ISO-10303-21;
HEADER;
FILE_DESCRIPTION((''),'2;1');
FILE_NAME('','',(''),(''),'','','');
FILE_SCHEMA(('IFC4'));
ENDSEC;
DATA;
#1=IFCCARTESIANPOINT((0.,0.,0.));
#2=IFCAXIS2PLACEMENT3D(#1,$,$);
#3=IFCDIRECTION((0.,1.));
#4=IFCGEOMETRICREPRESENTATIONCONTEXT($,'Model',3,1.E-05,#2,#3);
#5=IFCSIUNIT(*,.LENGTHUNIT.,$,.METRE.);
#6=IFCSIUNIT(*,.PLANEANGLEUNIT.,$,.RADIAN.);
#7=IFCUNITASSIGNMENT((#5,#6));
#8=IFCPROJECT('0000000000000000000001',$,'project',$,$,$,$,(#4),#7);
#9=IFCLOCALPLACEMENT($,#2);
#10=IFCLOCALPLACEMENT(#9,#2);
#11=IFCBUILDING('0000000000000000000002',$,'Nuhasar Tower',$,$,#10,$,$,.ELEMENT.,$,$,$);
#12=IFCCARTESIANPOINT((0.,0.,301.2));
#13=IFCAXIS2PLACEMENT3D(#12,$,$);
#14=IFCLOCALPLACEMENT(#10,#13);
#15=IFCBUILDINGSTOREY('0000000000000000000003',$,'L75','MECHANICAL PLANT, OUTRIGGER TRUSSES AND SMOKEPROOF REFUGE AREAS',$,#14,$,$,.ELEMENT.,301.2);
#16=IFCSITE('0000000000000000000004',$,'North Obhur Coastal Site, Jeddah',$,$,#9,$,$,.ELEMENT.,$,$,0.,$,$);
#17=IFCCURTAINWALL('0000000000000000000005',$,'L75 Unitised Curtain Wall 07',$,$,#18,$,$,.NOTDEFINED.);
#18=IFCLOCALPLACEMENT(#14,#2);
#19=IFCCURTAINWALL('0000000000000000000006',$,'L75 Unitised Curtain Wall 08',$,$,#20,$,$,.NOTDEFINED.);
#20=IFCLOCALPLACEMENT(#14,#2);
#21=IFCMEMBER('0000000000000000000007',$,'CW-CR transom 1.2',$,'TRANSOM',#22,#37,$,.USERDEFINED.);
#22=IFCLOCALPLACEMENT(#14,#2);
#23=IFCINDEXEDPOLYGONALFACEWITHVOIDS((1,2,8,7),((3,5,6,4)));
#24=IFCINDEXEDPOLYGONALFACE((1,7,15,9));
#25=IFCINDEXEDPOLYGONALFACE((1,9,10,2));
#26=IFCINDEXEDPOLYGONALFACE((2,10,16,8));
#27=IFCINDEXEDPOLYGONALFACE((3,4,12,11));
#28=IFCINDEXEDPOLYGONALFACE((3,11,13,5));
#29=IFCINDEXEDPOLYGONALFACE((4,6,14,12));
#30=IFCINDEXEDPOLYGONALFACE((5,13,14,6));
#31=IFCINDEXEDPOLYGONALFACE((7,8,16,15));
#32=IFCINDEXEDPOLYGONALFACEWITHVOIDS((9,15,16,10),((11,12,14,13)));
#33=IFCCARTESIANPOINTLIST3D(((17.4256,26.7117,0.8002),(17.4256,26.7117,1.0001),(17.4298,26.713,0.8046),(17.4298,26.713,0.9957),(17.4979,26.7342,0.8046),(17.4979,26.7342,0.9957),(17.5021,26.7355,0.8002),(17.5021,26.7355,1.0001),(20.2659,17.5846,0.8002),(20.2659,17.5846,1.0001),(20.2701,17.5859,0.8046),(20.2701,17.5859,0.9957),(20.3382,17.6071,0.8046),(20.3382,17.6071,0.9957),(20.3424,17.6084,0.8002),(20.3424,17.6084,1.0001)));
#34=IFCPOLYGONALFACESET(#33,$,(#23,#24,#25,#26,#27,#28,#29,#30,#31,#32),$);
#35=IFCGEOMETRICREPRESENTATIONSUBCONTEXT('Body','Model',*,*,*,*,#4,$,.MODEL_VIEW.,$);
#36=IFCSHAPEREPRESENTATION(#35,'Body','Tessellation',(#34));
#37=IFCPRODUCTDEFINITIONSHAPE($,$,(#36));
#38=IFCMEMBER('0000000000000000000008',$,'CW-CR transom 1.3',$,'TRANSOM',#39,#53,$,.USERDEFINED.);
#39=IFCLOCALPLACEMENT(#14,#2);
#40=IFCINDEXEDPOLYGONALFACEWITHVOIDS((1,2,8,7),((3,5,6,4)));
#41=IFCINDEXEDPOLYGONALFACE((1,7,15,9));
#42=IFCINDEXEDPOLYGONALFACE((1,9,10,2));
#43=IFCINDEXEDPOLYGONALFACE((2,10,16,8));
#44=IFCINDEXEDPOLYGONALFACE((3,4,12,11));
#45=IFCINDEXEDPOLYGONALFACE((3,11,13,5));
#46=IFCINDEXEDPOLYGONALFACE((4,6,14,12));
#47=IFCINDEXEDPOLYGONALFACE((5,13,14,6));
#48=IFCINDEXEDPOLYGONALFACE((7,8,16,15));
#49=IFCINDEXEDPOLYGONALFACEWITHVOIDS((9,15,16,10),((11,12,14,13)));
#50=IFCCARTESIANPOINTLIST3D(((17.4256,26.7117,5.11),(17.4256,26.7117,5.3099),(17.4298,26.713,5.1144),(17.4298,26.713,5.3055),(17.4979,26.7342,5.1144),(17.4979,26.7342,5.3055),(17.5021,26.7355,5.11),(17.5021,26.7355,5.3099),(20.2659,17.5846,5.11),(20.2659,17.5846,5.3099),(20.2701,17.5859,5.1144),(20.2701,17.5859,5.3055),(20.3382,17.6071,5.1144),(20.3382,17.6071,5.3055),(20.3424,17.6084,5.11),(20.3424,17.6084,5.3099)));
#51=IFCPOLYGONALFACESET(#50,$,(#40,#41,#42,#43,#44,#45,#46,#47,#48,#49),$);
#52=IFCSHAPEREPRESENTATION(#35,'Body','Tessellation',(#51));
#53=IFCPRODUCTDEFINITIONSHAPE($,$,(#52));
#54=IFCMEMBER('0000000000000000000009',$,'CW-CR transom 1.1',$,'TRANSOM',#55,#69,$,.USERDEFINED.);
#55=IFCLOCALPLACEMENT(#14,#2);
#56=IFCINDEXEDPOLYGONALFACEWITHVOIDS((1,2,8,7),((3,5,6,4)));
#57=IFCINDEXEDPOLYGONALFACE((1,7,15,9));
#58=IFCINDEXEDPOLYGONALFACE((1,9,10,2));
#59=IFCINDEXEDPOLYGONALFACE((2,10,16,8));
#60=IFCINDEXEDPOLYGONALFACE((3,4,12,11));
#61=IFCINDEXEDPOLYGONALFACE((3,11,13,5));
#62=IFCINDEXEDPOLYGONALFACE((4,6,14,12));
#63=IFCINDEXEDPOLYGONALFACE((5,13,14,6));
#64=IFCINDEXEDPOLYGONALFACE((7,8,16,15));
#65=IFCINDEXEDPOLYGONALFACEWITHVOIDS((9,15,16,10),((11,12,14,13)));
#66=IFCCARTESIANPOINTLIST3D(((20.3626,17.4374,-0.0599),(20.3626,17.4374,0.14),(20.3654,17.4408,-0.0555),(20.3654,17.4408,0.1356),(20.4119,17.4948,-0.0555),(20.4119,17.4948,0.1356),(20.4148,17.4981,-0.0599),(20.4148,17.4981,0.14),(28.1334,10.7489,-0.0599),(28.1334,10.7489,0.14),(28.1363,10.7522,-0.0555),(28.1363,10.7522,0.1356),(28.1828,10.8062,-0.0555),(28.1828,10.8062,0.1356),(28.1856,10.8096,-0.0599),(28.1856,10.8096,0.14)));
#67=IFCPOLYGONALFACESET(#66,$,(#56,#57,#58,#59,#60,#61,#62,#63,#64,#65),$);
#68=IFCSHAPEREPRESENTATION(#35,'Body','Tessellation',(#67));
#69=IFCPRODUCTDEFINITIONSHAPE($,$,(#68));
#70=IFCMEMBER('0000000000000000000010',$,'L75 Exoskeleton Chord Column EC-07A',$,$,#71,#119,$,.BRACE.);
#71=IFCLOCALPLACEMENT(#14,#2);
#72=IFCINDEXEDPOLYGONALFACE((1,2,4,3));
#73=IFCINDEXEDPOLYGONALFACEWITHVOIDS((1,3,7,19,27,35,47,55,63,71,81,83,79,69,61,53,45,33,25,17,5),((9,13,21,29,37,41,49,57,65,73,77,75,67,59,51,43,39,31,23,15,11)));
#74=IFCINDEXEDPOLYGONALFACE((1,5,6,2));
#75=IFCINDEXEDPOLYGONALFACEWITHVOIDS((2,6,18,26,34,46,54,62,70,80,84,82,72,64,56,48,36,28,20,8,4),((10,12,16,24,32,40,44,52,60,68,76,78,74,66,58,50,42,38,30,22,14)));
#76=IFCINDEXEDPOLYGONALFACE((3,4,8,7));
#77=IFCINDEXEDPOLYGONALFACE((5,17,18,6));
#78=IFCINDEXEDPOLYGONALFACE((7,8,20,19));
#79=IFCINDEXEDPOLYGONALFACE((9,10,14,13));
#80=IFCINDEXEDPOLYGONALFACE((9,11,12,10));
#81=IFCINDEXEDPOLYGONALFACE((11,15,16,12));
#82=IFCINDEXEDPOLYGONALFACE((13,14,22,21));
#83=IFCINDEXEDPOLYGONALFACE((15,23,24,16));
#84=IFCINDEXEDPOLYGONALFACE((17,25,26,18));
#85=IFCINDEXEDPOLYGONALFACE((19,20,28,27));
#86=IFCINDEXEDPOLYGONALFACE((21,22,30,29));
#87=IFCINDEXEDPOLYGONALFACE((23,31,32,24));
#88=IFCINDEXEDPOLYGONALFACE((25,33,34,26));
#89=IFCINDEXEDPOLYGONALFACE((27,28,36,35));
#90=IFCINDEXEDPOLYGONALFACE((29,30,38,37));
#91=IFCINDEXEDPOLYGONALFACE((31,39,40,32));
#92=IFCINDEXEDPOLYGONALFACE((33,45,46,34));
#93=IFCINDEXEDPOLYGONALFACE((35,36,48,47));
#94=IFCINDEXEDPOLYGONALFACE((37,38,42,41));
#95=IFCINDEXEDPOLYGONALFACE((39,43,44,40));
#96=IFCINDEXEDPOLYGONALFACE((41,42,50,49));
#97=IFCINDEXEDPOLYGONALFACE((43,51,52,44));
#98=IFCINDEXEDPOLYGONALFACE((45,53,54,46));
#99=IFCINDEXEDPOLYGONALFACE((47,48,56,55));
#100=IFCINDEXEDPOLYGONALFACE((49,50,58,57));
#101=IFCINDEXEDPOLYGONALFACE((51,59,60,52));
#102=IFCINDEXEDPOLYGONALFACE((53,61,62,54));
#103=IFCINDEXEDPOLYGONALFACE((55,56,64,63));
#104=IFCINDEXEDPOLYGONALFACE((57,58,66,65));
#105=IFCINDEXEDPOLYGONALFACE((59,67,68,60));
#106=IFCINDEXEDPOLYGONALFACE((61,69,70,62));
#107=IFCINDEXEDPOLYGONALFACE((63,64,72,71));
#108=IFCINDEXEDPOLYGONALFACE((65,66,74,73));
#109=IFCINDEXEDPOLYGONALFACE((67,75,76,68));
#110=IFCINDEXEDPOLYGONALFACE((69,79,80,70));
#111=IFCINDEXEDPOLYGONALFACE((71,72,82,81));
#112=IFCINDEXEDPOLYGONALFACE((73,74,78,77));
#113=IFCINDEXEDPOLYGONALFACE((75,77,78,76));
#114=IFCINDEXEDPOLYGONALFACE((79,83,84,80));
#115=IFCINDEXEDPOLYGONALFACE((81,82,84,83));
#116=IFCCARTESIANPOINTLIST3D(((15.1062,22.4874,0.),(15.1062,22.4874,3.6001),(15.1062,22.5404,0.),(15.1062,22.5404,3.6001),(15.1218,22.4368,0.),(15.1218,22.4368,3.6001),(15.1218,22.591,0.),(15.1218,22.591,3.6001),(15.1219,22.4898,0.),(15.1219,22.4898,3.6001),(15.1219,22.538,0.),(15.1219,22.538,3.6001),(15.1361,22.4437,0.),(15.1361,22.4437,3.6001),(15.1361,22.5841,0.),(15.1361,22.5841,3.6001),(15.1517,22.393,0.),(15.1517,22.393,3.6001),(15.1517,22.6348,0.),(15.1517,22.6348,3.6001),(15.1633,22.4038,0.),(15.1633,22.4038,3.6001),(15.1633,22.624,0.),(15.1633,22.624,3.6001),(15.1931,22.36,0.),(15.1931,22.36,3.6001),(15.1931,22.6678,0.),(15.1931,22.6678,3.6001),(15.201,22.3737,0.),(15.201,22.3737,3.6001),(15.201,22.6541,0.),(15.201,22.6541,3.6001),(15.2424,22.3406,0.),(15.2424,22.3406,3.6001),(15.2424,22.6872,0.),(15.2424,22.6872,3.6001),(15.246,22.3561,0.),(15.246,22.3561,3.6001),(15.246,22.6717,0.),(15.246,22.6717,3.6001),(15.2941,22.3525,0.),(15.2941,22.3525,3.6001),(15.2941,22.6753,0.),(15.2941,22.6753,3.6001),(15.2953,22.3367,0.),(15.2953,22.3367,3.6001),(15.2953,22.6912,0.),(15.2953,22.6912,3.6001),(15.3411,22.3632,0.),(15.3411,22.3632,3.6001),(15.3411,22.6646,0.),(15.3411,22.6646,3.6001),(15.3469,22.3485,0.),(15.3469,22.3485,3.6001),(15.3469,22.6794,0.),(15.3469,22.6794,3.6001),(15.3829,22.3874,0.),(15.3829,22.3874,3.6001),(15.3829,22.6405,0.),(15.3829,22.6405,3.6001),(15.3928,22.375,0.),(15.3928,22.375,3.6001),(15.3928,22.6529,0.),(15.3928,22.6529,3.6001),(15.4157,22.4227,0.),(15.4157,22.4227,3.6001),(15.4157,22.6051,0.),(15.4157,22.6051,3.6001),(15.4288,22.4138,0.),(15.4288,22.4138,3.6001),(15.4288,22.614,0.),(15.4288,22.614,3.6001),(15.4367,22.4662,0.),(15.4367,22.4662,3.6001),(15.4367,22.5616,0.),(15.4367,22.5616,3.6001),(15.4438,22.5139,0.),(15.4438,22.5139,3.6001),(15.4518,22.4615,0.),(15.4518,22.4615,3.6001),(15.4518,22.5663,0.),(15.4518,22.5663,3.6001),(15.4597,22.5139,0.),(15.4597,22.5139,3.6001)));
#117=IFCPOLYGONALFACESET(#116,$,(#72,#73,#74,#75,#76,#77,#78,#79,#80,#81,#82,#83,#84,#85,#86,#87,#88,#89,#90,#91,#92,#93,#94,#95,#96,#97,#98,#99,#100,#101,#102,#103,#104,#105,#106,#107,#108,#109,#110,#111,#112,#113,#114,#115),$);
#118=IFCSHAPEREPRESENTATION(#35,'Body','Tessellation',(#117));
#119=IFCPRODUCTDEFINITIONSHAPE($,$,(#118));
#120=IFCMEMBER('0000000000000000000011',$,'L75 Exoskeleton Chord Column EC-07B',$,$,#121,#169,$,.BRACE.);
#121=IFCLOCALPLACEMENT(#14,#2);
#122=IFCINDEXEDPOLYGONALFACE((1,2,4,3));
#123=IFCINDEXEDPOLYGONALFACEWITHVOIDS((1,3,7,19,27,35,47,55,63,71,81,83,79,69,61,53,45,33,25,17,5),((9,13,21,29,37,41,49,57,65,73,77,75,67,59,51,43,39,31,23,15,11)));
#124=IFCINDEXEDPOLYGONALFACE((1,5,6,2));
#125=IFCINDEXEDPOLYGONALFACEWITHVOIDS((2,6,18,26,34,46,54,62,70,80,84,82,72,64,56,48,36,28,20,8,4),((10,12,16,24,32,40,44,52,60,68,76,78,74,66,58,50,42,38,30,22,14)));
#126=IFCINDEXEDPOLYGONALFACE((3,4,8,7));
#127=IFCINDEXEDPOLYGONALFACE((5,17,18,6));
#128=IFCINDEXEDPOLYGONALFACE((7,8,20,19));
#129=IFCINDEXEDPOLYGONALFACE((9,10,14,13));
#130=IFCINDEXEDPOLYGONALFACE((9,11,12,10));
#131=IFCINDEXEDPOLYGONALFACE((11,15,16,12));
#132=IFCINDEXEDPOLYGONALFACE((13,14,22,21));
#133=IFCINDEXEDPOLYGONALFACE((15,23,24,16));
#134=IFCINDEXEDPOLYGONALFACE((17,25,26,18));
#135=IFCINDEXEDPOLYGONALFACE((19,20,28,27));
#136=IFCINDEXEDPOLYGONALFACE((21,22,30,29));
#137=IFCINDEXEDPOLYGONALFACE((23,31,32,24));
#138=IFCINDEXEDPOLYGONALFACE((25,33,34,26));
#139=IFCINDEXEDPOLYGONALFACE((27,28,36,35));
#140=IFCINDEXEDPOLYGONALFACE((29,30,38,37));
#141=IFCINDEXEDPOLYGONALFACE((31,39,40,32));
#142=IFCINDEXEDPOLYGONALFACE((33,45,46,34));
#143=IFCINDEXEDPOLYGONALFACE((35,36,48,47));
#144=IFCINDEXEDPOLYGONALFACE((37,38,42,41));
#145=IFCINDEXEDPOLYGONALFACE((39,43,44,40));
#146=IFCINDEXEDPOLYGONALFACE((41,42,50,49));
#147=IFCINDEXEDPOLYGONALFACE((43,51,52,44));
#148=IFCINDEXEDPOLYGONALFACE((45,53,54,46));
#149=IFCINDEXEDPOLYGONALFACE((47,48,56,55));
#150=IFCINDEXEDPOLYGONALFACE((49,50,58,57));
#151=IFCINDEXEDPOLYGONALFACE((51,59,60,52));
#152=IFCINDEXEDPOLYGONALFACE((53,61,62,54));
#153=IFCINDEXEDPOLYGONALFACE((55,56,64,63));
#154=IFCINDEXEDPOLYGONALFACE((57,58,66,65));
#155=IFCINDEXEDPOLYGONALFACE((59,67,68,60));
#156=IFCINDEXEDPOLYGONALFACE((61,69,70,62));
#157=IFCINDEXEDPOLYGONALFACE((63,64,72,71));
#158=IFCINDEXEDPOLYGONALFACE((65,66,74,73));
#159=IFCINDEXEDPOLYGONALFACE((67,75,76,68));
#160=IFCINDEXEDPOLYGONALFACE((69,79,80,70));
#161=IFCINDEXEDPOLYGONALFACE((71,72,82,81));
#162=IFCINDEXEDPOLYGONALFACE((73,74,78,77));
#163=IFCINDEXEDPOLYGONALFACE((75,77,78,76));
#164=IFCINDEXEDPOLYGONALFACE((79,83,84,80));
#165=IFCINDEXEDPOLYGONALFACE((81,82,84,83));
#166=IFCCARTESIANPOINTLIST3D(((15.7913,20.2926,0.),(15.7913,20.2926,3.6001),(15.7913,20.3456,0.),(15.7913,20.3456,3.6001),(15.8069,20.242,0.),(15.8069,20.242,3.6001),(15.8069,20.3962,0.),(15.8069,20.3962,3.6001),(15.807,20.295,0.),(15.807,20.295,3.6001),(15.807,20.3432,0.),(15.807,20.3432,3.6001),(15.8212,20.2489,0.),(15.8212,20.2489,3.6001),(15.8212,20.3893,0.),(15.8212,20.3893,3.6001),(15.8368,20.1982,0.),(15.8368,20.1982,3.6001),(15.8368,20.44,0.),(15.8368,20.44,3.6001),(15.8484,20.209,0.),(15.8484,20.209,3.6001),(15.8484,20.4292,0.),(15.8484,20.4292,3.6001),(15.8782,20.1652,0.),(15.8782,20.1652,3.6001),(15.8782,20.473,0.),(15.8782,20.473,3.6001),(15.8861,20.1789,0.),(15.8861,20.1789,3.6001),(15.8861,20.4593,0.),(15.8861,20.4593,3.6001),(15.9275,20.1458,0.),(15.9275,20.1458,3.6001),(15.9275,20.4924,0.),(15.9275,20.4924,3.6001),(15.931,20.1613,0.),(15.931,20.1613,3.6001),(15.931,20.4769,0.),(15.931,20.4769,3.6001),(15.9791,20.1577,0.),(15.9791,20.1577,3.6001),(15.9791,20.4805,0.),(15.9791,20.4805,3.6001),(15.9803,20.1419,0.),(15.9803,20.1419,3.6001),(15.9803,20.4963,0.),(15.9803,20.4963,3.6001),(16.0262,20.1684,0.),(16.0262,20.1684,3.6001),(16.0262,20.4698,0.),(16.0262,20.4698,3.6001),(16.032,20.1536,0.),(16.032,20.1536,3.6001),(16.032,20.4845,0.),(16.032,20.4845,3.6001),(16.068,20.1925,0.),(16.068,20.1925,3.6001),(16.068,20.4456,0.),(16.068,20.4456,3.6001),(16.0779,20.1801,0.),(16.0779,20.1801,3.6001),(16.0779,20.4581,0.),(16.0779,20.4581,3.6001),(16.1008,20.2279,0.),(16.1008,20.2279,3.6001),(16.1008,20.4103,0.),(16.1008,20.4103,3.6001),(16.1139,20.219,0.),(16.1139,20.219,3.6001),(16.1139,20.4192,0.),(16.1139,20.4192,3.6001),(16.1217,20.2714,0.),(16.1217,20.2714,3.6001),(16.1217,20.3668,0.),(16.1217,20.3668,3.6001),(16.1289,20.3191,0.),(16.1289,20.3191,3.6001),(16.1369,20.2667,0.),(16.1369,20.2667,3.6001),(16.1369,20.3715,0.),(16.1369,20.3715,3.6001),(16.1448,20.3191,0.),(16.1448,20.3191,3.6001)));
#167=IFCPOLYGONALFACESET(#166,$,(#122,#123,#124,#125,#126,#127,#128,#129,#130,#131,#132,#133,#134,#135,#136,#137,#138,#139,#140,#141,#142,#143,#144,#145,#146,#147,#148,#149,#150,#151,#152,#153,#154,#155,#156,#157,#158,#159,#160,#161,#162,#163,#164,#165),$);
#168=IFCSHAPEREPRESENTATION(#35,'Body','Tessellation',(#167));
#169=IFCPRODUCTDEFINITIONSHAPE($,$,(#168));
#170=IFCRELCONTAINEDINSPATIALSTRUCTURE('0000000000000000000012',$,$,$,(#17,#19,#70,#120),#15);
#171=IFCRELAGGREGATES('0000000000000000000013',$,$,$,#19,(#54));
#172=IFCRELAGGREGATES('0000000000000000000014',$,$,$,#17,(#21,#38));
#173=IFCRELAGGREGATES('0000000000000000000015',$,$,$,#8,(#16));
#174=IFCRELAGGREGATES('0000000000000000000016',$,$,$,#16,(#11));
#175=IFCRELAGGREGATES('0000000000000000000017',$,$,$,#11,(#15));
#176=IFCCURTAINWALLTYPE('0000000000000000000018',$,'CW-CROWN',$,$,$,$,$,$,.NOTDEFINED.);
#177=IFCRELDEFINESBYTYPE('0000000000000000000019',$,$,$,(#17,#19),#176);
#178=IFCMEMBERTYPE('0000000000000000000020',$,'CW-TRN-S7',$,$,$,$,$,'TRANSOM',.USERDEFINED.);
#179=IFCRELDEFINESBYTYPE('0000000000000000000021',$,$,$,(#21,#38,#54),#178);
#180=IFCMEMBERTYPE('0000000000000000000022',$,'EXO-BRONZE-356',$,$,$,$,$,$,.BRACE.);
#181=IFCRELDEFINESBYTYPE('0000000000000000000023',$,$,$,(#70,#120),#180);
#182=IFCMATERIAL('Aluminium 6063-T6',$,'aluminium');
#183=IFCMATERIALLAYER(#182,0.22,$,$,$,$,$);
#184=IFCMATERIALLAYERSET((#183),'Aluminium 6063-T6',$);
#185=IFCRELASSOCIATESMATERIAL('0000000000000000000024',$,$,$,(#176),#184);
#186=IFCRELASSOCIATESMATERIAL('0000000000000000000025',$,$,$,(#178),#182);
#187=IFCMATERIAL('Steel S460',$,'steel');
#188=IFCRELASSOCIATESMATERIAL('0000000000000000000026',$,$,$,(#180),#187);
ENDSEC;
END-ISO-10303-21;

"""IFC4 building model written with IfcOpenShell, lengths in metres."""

from ifc_helpers import new_model, si_unit, direction, frame, origin, origin_2d, place, context, subcontext, project, spatial, hollow_rectangle, hollow_circle, extrude, material, layer, layer_set, material_profile, profile_set, type_object, element, aggregate, save


model = new_model("IFC4")

# Units and contexts
model_context = context("Model", 3, precision=1e-05, world=origin(), true_north=direction((0.0, 1.0)))
body_context = subcontext(model_context, "Body", "Model", "MODEL_VIEW")
ifc_project = project(units=[si_unit("LENGTHUNIT", "METRE"), si_unit("PLANEANGLEUNIT", "RADIAN")], contexts=[model_context])

# Site, building, storey
site_placement = place(None, origin())
site = spatial("IfcSite", under=ifc_project, at=site_placement, Name="North Obhur Coastal Site, Jeddah", CompositionType="ELEMENT", RefElevation=0.0)
building_placement = place(site_placement, origin())
building = spatial("IfcBuilding", under=site, at=building_placement, Name="Nuhasar Tower", CompositionType="ELEMENT")
storey_placement = place(building_placement, frame((0.0, 0.0, 301.2)))
storey = spatial("IfcBuildingStorey", under=building, at=storey_placement, Name="L75", Description="MECHANICAL PLANT, OUTRIGGER TRUSSES AND SMOKEPROOF REFUGE AREAS", CompositionType="ELEMENT", Elevation=301.2)

# Shared definitions
ifc_material_1 = material(Name="Steel S460", Category="steel")

# Curtain wall
ifc_material_2 = material(Name="Aluminium 6063-T6", Category="aluminium")
ifc_layer_1 = layer(ifc_material_2, 0.22)
ifc_layer_set_1 = layer_set([ifc_layer_1], Name="Aluminium 6063-T6")
curtain_wall_type = type_object("IfcCurtainWallType", Name="CW-CROWN", PredefinedType="NOTDEFINED", material=ifc_layer_set_1)
curtain_wall_1_placement = place(storey_placement, origin())
curtain_wall_1 = element("IfcCurtainWall", 1, at=curtain_wall_1_placement, inside=storey, type_object=curtain_wall_type, Name="L75 Unitised Curtain Wall 07", PredefinedType="NOTDEFINED")

# Curtain wall
curtain_wall_2_placement = place(storey_placement, origin())
curtain_wall_2 = element("IfcCurtainWall", 2, at=curtain_wall_2_placement, inside=storey, type_object=curtain_wall_type, Name="L75 Unitised Curtain Wall 08", PredefinedType="NOTDEFINED")

# Members
ifc_material_profile_1 = material_profile(ifc_material_2, hollow_rectangle(XDim=0.0801, YDim=0.2, WallThickness=0.0044, at=origin_2d()), Name="CWT-7")
ifc_profile_set_1 = profile_set([ifc_material_profile_1], Name="Aluminium 6063-T6")
member_type_1 = type_object("IfcMemberType", Name="CW-TRN-S7", ElementType="TRANSOM", PredefinedType="USERDEFINED", material=ifc_profile_set_1)
member_1_placement = place(storey_placement, frame((17.4639, 26.7236, 0.9001), z_axis=(0.297139, -0.954834, 0.0), x_axis=(0.954834, 0.297139, 0.0)))
member_1 = element("IfcMember", 3, at=member_1_placement, type_object=member_type_1, Name="CW-CR transom 1.2", ObjectType="TRANSOM", PredefinedType="USERDEFINED", context=body_context, shape_type="SweptSolid", body=[
    extrude(hollow_rectangle(XDim=0.0801, YDim=0.2, WallThickness=0.0044, at=origin_2d()), origin(), (0.0, 0.0, 1.0), 9.5588),
])
member_2_placement = place(storey_placement, frame((17.4639, 26.7236, 5.21), z_axis=(0.297139, -0.954834, 0.0), x_axis=(0.954834, 0.297139, 0.0)))
member_2 = element("IfcMember", 4, at=member_2_placement, type_object=member_type_1, Name="CW-CR transom 1.3", ObjectType="TRANSOM", PredefinedType="USERDEFINED", context=body_context, shape_type="SweptSolid", body=[
    extrude(hollow_rectangle(XDim=0.0801, YDim=0.2, WallThickness=0.0044, at=origin_2d()), origin(), (0.0, 0.0, 1.0), 9.5588),
])
member_3_placement = place(storey_placement, frame((20.3887, 17.4678, 0.04), z_axis=(0.757914, -0.652355, 0.0), x_axis=(0.652355, 0.757914, 0.0)))
member_3 = element("IfcMember", 5, at=member_3_placement, type_object=member_type_1, Name="CW-CR transom 1.1", ObjectType="TRANSOM", PredefinedType="USERDEFINED", context=body_context, shape_type="SweptSolid", body=[
    extrude(hollow_rectangle(XDim=0.0801, YDim=0.2, WallThickness=0.0044, at=origin_2d()), origin(), (0.0, 0.0, 1.0), 10.2529),
])
aggregate(curtain_wall_2, [member_3])

# Members
ifc_material_profile_2 = material_profile(ifc_material_1, hollow_circle(Radius=0.1777, WallThickness=0.0159, at=origin_2d()), Name="HSS355.6X15.9")
ifc_profile_set_2 = profile_set([ifc_material_profile_2], Name="Steel S460")
member_type_2 = type_object("IfcMemberType", Name="EXO-BRONZE-356", PredefinedType="BRACE", material=ifc_profile_set_2)
for number, where, z_axis, x_axis, name in (
    (6, (15.282, 22.5139, 0.0), (0.0, 0.0, 1.0), (1.0, 0.0, 0.0), "L75 Exoskeleton Chord Column EC-07A"),
    (7, (15.967, 20.3191, 0.0), (0.0, 0.0, 1.0), (1.0, 0.0, 0.0), "L75 Exoskeleton Chord Column EC-07B"),
):
    element("IfcMember", number, at=place(storey_placement, frame(where, z_axis=z_axis, x_axis=x_axis)), inside=storey, type_object=member_type_2, Name=name, PredefinedType="BRACE", context=body_context, shape_type="SweptSolid", body=[
        extrude(hollow_circle(Radius=0.1777, WallThickness=0.0159, at=origin_2d()), origin(), (0.0, 0.0, 1.0), 3.6001),
    ])

aggregate(curtain_wall_1, [member_1, member_2])

save(model, "model.ifc")
